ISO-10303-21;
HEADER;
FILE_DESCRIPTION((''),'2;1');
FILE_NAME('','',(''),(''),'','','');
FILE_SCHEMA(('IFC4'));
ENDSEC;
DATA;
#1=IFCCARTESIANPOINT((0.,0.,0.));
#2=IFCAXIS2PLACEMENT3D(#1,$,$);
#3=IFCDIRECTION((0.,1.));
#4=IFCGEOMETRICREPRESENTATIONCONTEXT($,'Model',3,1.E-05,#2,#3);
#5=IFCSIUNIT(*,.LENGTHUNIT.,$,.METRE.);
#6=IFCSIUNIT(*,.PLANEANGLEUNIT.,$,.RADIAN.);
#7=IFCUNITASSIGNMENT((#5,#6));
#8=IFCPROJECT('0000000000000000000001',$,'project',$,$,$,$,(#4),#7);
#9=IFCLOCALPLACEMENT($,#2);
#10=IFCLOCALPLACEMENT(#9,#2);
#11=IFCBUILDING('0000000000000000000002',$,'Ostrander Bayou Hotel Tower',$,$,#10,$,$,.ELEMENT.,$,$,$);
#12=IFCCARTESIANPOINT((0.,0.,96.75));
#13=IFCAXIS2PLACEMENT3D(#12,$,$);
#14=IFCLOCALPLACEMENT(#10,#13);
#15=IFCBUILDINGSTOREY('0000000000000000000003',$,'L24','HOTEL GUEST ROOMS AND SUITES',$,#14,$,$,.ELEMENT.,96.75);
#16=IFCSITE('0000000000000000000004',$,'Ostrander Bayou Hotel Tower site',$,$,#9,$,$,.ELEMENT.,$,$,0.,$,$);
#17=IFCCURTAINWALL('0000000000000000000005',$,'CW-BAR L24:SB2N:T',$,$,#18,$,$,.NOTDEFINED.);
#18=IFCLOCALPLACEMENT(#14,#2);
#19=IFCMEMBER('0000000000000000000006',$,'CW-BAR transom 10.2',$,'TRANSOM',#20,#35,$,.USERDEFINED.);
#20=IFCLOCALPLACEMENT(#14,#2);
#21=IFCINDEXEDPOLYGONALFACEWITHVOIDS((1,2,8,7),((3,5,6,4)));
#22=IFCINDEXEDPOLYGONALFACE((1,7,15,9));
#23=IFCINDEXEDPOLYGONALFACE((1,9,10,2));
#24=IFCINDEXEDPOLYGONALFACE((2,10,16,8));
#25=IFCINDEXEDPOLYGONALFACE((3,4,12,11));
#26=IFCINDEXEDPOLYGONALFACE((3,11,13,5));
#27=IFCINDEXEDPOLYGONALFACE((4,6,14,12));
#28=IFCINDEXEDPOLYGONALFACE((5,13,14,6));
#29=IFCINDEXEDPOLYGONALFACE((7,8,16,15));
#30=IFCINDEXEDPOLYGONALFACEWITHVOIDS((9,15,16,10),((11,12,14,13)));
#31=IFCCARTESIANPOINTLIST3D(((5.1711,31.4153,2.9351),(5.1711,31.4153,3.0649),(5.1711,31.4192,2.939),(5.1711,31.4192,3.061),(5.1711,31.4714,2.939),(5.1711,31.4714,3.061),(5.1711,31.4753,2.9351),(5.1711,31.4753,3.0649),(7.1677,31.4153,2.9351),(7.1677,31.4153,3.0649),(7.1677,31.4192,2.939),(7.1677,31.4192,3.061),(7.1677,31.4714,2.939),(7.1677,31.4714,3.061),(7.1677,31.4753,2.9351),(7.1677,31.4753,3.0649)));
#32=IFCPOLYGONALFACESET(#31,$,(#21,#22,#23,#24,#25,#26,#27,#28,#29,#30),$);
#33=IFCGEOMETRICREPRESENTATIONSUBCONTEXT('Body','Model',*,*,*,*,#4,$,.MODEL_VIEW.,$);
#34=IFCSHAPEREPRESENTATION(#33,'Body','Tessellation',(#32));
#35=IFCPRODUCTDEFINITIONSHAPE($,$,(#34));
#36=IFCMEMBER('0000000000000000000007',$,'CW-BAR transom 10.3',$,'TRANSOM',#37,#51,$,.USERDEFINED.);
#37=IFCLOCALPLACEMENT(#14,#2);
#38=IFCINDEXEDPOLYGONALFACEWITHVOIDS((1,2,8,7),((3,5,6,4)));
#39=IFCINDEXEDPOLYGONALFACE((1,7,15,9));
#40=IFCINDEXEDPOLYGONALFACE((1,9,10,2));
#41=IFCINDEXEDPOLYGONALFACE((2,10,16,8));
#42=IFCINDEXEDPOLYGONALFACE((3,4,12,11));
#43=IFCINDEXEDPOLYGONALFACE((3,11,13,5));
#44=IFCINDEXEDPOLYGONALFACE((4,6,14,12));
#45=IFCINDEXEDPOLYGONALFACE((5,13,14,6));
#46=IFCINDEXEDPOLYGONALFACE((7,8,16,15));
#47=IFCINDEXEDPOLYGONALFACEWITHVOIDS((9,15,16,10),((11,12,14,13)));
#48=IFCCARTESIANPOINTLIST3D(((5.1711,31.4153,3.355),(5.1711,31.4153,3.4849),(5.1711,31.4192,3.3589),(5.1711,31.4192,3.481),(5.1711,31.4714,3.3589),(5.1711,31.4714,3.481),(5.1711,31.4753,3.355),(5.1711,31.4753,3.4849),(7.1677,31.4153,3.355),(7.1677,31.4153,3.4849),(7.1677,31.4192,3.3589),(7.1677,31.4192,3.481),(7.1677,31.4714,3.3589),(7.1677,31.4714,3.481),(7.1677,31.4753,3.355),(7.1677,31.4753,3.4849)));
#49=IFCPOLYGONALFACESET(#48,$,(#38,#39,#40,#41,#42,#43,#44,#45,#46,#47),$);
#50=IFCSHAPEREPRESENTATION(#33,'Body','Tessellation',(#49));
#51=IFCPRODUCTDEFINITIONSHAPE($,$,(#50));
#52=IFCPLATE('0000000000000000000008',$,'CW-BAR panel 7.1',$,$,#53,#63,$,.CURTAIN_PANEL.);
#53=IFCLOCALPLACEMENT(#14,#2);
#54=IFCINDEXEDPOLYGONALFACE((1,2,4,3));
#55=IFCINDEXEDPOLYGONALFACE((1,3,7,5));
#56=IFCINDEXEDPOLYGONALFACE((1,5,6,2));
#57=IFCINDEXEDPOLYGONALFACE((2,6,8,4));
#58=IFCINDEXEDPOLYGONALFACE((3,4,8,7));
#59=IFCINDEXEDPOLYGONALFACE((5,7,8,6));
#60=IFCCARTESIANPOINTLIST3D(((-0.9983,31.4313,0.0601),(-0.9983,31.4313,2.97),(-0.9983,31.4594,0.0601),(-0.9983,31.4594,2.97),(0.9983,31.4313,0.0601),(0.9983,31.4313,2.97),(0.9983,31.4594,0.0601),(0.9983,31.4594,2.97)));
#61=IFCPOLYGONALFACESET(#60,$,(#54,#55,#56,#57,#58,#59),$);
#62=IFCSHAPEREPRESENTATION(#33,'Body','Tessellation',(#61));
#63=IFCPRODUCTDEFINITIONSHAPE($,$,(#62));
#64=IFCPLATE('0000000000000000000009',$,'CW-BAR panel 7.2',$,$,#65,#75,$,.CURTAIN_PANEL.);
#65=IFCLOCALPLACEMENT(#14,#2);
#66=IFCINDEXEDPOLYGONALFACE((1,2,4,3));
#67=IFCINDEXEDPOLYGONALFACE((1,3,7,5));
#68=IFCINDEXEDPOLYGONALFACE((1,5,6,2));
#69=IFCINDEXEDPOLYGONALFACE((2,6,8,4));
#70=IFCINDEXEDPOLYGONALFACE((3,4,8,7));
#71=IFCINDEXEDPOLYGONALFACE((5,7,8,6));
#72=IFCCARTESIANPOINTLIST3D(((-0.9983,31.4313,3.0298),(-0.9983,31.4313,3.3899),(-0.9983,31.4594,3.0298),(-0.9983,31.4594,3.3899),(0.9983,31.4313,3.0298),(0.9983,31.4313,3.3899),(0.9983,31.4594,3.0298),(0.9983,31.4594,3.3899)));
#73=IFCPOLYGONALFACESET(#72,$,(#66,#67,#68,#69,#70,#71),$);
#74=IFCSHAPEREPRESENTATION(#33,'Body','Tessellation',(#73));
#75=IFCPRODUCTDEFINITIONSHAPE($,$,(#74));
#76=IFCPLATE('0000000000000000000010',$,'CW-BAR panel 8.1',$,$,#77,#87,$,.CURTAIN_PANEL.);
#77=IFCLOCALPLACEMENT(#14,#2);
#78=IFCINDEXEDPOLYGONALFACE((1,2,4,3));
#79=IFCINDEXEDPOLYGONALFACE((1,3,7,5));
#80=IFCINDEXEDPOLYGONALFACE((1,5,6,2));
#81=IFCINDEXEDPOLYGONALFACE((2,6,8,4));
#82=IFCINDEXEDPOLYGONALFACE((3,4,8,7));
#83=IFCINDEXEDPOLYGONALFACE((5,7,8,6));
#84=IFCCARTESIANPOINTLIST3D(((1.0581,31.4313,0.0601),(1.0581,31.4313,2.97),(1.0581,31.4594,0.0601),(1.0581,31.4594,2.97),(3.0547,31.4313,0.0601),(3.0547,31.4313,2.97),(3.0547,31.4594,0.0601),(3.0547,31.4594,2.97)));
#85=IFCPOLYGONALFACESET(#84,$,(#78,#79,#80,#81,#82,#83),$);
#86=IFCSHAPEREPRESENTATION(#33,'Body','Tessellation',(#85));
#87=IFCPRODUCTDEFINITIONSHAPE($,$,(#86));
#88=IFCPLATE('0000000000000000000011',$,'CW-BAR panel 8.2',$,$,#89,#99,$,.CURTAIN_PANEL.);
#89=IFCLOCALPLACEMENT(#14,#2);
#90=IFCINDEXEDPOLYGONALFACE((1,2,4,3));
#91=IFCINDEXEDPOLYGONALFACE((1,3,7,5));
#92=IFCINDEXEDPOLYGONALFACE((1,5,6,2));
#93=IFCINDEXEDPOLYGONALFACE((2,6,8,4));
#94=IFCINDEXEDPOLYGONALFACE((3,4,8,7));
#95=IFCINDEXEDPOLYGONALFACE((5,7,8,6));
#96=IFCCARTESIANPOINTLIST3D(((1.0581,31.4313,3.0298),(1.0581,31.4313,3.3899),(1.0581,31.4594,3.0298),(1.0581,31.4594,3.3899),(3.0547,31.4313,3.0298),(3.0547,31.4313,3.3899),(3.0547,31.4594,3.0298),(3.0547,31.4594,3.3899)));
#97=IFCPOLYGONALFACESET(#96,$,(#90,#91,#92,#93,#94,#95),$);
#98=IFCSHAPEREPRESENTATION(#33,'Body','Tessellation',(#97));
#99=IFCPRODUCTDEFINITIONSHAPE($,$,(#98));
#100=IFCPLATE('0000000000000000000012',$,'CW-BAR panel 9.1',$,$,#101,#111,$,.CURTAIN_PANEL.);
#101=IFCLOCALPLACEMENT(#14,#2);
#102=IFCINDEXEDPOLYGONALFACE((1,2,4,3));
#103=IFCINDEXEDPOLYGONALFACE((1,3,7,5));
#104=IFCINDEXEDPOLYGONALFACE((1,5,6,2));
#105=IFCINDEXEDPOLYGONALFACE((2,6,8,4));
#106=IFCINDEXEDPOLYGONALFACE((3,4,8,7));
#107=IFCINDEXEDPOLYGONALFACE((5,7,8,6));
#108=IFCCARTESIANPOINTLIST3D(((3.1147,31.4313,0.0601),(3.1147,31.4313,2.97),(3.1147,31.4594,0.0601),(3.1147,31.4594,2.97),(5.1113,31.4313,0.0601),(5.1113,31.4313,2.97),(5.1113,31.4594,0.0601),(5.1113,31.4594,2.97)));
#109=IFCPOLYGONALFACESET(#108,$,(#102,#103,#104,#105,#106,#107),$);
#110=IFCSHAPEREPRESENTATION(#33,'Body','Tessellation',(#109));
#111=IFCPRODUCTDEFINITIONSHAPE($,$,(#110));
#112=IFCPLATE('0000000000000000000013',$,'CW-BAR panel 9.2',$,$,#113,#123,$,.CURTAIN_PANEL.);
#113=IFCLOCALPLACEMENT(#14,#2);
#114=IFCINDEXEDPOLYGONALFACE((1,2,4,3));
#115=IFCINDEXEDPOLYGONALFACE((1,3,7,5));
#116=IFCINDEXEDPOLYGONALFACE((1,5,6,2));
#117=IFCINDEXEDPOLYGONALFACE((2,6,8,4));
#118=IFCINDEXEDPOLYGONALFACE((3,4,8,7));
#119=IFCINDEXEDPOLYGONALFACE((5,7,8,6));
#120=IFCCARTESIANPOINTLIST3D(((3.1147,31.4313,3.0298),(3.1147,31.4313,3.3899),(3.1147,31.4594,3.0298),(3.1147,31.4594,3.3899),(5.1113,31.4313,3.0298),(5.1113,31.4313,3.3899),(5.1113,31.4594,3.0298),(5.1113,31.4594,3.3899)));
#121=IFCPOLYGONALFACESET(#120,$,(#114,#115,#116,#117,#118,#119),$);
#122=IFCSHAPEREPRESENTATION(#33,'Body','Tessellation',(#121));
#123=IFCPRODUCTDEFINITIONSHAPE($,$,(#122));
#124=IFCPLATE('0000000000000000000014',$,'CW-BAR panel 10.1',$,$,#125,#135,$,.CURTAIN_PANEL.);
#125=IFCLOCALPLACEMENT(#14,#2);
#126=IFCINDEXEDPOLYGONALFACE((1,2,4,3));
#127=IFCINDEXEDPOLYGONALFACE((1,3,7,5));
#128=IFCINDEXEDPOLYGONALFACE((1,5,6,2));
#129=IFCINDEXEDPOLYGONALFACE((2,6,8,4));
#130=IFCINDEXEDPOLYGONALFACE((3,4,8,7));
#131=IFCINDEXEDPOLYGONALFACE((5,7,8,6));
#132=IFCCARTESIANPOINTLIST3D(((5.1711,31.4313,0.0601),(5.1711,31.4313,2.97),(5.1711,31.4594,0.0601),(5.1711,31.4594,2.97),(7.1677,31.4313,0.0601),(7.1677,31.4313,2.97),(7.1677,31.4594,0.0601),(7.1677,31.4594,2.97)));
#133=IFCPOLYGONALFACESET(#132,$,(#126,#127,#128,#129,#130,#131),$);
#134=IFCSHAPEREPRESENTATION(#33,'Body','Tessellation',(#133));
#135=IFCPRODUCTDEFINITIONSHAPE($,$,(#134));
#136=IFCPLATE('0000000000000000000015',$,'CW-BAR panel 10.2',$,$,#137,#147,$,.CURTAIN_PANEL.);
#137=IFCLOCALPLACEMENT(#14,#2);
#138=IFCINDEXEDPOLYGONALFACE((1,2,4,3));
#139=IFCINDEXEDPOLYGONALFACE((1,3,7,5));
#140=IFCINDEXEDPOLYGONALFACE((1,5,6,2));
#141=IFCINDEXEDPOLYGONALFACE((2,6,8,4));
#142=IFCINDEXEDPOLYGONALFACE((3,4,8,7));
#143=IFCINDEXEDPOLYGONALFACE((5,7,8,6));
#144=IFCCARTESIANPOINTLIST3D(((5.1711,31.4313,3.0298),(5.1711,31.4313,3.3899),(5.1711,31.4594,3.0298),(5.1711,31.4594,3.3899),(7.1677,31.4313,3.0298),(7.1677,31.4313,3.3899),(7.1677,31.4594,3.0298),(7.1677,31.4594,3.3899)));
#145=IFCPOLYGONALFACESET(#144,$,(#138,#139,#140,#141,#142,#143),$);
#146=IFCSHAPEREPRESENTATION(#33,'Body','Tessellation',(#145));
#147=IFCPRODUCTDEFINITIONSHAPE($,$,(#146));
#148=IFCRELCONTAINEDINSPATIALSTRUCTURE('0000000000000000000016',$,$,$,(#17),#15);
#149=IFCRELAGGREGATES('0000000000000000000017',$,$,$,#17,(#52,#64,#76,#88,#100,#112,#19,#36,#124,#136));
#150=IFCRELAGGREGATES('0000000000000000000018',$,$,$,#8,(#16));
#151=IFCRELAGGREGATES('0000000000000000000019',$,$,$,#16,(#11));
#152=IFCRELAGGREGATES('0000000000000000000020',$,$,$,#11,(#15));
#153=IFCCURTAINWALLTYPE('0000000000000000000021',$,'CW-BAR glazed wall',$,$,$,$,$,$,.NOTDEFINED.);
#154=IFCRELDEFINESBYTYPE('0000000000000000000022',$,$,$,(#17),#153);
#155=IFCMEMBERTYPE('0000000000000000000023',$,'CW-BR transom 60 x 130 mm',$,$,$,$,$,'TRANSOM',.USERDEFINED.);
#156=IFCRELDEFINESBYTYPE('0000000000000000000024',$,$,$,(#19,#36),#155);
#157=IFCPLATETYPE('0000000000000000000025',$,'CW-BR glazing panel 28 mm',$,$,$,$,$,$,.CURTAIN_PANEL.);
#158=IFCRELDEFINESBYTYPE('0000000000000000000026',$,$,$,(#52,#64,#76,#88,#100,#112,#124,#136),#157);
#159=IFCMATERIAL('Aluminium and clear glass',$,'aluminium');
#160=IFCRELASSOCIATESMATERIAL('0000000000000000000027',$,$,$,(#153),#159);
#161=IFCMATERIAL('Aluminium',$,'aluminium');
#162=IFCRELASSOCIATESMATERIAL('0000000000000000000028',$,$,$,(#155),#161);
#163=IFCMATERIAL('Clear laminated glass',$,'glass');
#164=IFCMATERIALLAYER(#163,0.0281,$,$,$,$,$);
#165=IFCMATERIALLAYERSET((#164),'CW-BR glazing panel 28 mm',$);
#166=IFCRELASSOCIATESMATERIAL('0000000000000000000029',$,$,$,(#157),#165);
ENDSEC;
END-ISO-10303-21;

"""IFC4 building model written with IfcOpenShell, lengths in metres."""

from ifc_helpers import new_model, si_unit, direction, frame, origin, origin_2d, place, context, subcontext, project, spatial, rectangle, hollow_rectangle, extrude, material, layer, layer_set, material_profile, profile_set, type_object, element, aggregate, save


model = new_model("IFC4")

# Units and contexts
model_context = context("Model", 3, precision=1e-05, world=origin(), true_north=direction((0.0, 1.0)))
body_context = subcontext(model_context, "Body", "Model", "MODEL_VIEW")
ifc_project = project(units=[si_unit("LENGTHUNIT", "METRE"), si_unit("PLANEANGLEUNIT", "RADIAN")], contexts=[model_context])

# Site, building, storey
site_placement = place(None, origin())
site = spatial("IfcSite", under=ifc_project, at=site_placement, Name="Ostrander Bayou Hotel Tower site", CompositionType="ELEMENT", RefElevation=0.0)
building_placement = place(site_placement, origin())
building = spatial("IfcBuilding", under=site, at=building_placement, Name="Ostrander Bayou Hotel Tower", CompositionType="ELEMENT")
storey_placement = place(building_placement, frame((0.0, 0.0, 96.75)))
storey = spatial("IfcBuildingStorey", under=building, at=storey_placement, Name="L24", Description="HOTEL GUEST ROOMS AND SUITES", CompositionType="ELEMENT", Elevation=96.75)

# Curtain wall, members, plates
ifc_material_1 = material(Name="Aluminium and clear glass", Category="aluminium")
curtain_wall_type = type_object("IfcCurtainWallType", Name="CW-BAR glazed wall", PredefinedType="NOTDEFINED", material=ifc_material_1)
curtain_wall_placement = place(storey_placement, origin())
curtain_wall = element("IfcCurtainWall", 1, at=curtain_wall_placement, inside=storey, type_object=curtain_wall_type, Name="CW-BAR L24:SB2N:T", PredefinedType="NOTDEFINED")
ifc_material_2 = material(Name="Aluminium", Category="aluminium")
ifc_material_profile_1 = material_profile(ifc_material_2, hollow_rectangle(XDim=0.0601, YDim=0.1299, WallThickness=0.0039, at=origin_2d()))
ifc_profile_set_1 = profile_set([ifc_material_profile_1], Name="Aluminium")
member_type_1 = type_object("IfcMemberType", Name="CW-BR transom 60 x 130 mm", ElementType="TRANSOM", PredefinedType="USERDEFINED", material=ifc_profile_set_1)
member_1_placement = place(storey_placement, frame((5.1711, 31.4453, 3.0), z_axis=(1.0, 0.0, 0.0), x_axis=(0.0, 1.0, 0.0)))
member_1 = element("IfcMember", 2, at=member_1_placement, type_object=member_type_1, Name="CW-BAR transom 10.2", ObjectType="TRANSOM", PredefinedType="USERDEFINED", context=body_context, shape_type="SweptSolid", body=[
    extrude(hollow_rectangle(XDim=0.0601, YDim=0.1299, WallThickness=0.0039, at=origin_2d()), origin(), (0.0, 0.0, 1.0), 1.9966),
])
member_2_placement = place(storey_placement, frame((5.1711, 31.4453, 3.4199), z_axis=(1.0, 0.0, 0.0), x_axis=(0.0, 1.0, 0.0)))
member_2 = element("IfcMember", 3, at=member_2_placement, type_object=member_type_1, Name="CW-BAR transom 10.3", ObjectType="TRANSOM", PredefinedType="USERDEFINED", context=body_context, shape_type="SweptSolid", body=[
    extrude(hollow_rectangle(XDim=0.0601, YDim=0.1299, WallThickness=0.0039, at=origin_2d()), origin(), (0.0, 0.0, 1.0), 1.9966),
])
ifc_material_3 = material(Name="Clear laminated glass", Category="glass")
ifc_layer = layer(ifc_material_3, 0.0281)
ifc_layer_set = layer_set([ifc_layer], Name="CW-BR glazing panel 28 mm")
plate_type = type_object("IfcPlateType", Name="CW-BR glazing panel 28 mm", PredefinedType="CURTAIN_PANEL", material=ifc_layer_set)
plate_1_placement = place(storey_placement, frame((0.0, 31.4453, 0.0601), z_axis=(0.0, 0.0, 1.0), x_axis=(1.0, 0.0, 0.0)))
plate_1 = element("IfcPlate", 4, at=plate_1_placement, type_object=plate_type, Name="CW-BAR panel 7.1", PredefinedType="CURTAIN_PANEL", context=body_context, shape_type="SweptSolid", body=[
    extrude(rectangle(XDim=1.9966, YDim=0.0281, at=origin_2d()), origin(), (0.0, 0.0, 1.0), 2.9099),
])
plate_2_placement = place(storey_placement, frame((0.0, 31.4453, 3.0298), z_axis=(0.0, 0.0, 1.0), x_axis=(1.0, 0.0, 0.0)))
plate_2 = element("IfcPlate", 5, at=plate_2_placement, type_object=plate_type, Name="CW-BAR panel 7.2", PredefinedType="CURTAIN_PANEL", context=body_context, shape_type="SweptSolid", body=[
    extrude(rectangle(XDim=1.9966, YDim=0.0281, at=origin_2d()), origin(), (0.0, 0.0, 1.0), 0.3601),
])
plate_3_placement = place(storey_placement, frame((2.0564, 31.4453, 0.0601), z_axis=(0.0, 0.0, 1.0), x_axis=(1.0, 0.0, 0.0)))
plate_3 = element("IfcPlate", 6, at=plate_3_placement, type_object=plate_type, Name="CW-BAR panel 8.1", PredefinedType="CURTAIN_PANEL", context=body_context, shape_type="SweptSolid", body=[
    extrude(rectangle(XDim=1.9966, YDim=0.0281, at=origin_2d()), origin(), (0.0, 0.0, 1.0), 2.9099),
])
plate_4_placement = place(storey_placement, frame((2.0564, 31.4453, 3.0298), z_axis=(0.0, 0.0, 1.0), x_axis=(1.0, 0.0, 0.0)))
plate_4 = element("IfcPlate", 7, at=plate_4_placement, type_object=plate_type, Name="CW-BAR panel 8.2", PredefinedType="CURTAIN_PANEL", context=body_context, shape_type="SweptSolid", body=[
    extrude(rectangle(XDim=1.9966, YDim=0.0281, at=origin_2d()), origin(), (0.0, 0.0, 1.0), 0.3601),
])
plate_5_placement = place(storey_placement, frame((4.113, 31.4453, 0.0601), z_axis=(0.0, 0.0, 1.0), x_axis=(1.0, 0.0, 0.0)))
plate_5 = element("IfcPlate", 8, at=plate_5_placement, type_object=plate_type, Name="CW-BAR panel 9.1", PredefinedType="CURTAIN_PANEL", context=body_context, shape_type="SweptSolid", body=[
    extrude(rectangle(XDim=1.9966, YDim=0.0281, at=origin_2d()), origin(), (0.0, 0.0, 1.0), 2.9099),
])
plate_6_placement = place(storey_placement, frame((4.113, 31.4453, 3.0298), z_axis=(0.0, 0.0, 1.0), x_axis=(1.0, 0.0, 0.0)))
plate_6 = element("IfcPlate", 9, at=plate_6_placement, type_object=plate_type, Name="CW-BAR panel 9.2", PredefinedType="CURTAIN_PANEL", context=body_context, shape_type="SweptSolid", body=[
    extrude(rectangle(XDim=1.9966, YDim=0.0281, at=origin_2d()), origin(), (0.0, 0.0, 1.0), 0.3601),
])
plate_7_placement = place(storey_placement, frame((6.1694, 31.4453, 0.0601), z_axis=(0.0, 0.0, 1.0), x_axis=(1.0, 0.0, 0.0)))
plate_7 = element("IfcPlate", 10, at=plate_7_placement, type_object=plate_type, Name="CW-BAR panel 10.1", PredefinedType="CURTAIN_PANEL", context=body_context, shape_type="SweptSolid", body=[
    extrude(rectangle(XDim=1.9966, YDim=0.0281, at=origin_2d()), origin(), (0.0, 0.0, 1.0), 2.9099),
])
plate_8_placement = place(storey_placement, frame((6.1694, 31.4453, 3.0298), z_axis=(0.0, 0.0, 1.0), x_axis=(1.0, 0.0, 0.0)))
plate_8 = element("IfcPlate", 11, at=plate_8_placement, type_object=plate_type, Name="CW-BAR panel 10.2", PredefinedType="CURTAIN_PANEL", context=body_context, shape_type="SweptSolid", body=[
    extrude(rectangle(XDim=1.9966, YDim=0.0281, at=origin_2d()), origin(), (0.0, 0.0, 1.0), 0.3601),
])
aggregate(curtain_wall, [plate_1, plate_2, plate_3, plate_4, plate_5, plate_6, member_1, member_2, plate_7, plate_8])

save(model, "model.ifc")
